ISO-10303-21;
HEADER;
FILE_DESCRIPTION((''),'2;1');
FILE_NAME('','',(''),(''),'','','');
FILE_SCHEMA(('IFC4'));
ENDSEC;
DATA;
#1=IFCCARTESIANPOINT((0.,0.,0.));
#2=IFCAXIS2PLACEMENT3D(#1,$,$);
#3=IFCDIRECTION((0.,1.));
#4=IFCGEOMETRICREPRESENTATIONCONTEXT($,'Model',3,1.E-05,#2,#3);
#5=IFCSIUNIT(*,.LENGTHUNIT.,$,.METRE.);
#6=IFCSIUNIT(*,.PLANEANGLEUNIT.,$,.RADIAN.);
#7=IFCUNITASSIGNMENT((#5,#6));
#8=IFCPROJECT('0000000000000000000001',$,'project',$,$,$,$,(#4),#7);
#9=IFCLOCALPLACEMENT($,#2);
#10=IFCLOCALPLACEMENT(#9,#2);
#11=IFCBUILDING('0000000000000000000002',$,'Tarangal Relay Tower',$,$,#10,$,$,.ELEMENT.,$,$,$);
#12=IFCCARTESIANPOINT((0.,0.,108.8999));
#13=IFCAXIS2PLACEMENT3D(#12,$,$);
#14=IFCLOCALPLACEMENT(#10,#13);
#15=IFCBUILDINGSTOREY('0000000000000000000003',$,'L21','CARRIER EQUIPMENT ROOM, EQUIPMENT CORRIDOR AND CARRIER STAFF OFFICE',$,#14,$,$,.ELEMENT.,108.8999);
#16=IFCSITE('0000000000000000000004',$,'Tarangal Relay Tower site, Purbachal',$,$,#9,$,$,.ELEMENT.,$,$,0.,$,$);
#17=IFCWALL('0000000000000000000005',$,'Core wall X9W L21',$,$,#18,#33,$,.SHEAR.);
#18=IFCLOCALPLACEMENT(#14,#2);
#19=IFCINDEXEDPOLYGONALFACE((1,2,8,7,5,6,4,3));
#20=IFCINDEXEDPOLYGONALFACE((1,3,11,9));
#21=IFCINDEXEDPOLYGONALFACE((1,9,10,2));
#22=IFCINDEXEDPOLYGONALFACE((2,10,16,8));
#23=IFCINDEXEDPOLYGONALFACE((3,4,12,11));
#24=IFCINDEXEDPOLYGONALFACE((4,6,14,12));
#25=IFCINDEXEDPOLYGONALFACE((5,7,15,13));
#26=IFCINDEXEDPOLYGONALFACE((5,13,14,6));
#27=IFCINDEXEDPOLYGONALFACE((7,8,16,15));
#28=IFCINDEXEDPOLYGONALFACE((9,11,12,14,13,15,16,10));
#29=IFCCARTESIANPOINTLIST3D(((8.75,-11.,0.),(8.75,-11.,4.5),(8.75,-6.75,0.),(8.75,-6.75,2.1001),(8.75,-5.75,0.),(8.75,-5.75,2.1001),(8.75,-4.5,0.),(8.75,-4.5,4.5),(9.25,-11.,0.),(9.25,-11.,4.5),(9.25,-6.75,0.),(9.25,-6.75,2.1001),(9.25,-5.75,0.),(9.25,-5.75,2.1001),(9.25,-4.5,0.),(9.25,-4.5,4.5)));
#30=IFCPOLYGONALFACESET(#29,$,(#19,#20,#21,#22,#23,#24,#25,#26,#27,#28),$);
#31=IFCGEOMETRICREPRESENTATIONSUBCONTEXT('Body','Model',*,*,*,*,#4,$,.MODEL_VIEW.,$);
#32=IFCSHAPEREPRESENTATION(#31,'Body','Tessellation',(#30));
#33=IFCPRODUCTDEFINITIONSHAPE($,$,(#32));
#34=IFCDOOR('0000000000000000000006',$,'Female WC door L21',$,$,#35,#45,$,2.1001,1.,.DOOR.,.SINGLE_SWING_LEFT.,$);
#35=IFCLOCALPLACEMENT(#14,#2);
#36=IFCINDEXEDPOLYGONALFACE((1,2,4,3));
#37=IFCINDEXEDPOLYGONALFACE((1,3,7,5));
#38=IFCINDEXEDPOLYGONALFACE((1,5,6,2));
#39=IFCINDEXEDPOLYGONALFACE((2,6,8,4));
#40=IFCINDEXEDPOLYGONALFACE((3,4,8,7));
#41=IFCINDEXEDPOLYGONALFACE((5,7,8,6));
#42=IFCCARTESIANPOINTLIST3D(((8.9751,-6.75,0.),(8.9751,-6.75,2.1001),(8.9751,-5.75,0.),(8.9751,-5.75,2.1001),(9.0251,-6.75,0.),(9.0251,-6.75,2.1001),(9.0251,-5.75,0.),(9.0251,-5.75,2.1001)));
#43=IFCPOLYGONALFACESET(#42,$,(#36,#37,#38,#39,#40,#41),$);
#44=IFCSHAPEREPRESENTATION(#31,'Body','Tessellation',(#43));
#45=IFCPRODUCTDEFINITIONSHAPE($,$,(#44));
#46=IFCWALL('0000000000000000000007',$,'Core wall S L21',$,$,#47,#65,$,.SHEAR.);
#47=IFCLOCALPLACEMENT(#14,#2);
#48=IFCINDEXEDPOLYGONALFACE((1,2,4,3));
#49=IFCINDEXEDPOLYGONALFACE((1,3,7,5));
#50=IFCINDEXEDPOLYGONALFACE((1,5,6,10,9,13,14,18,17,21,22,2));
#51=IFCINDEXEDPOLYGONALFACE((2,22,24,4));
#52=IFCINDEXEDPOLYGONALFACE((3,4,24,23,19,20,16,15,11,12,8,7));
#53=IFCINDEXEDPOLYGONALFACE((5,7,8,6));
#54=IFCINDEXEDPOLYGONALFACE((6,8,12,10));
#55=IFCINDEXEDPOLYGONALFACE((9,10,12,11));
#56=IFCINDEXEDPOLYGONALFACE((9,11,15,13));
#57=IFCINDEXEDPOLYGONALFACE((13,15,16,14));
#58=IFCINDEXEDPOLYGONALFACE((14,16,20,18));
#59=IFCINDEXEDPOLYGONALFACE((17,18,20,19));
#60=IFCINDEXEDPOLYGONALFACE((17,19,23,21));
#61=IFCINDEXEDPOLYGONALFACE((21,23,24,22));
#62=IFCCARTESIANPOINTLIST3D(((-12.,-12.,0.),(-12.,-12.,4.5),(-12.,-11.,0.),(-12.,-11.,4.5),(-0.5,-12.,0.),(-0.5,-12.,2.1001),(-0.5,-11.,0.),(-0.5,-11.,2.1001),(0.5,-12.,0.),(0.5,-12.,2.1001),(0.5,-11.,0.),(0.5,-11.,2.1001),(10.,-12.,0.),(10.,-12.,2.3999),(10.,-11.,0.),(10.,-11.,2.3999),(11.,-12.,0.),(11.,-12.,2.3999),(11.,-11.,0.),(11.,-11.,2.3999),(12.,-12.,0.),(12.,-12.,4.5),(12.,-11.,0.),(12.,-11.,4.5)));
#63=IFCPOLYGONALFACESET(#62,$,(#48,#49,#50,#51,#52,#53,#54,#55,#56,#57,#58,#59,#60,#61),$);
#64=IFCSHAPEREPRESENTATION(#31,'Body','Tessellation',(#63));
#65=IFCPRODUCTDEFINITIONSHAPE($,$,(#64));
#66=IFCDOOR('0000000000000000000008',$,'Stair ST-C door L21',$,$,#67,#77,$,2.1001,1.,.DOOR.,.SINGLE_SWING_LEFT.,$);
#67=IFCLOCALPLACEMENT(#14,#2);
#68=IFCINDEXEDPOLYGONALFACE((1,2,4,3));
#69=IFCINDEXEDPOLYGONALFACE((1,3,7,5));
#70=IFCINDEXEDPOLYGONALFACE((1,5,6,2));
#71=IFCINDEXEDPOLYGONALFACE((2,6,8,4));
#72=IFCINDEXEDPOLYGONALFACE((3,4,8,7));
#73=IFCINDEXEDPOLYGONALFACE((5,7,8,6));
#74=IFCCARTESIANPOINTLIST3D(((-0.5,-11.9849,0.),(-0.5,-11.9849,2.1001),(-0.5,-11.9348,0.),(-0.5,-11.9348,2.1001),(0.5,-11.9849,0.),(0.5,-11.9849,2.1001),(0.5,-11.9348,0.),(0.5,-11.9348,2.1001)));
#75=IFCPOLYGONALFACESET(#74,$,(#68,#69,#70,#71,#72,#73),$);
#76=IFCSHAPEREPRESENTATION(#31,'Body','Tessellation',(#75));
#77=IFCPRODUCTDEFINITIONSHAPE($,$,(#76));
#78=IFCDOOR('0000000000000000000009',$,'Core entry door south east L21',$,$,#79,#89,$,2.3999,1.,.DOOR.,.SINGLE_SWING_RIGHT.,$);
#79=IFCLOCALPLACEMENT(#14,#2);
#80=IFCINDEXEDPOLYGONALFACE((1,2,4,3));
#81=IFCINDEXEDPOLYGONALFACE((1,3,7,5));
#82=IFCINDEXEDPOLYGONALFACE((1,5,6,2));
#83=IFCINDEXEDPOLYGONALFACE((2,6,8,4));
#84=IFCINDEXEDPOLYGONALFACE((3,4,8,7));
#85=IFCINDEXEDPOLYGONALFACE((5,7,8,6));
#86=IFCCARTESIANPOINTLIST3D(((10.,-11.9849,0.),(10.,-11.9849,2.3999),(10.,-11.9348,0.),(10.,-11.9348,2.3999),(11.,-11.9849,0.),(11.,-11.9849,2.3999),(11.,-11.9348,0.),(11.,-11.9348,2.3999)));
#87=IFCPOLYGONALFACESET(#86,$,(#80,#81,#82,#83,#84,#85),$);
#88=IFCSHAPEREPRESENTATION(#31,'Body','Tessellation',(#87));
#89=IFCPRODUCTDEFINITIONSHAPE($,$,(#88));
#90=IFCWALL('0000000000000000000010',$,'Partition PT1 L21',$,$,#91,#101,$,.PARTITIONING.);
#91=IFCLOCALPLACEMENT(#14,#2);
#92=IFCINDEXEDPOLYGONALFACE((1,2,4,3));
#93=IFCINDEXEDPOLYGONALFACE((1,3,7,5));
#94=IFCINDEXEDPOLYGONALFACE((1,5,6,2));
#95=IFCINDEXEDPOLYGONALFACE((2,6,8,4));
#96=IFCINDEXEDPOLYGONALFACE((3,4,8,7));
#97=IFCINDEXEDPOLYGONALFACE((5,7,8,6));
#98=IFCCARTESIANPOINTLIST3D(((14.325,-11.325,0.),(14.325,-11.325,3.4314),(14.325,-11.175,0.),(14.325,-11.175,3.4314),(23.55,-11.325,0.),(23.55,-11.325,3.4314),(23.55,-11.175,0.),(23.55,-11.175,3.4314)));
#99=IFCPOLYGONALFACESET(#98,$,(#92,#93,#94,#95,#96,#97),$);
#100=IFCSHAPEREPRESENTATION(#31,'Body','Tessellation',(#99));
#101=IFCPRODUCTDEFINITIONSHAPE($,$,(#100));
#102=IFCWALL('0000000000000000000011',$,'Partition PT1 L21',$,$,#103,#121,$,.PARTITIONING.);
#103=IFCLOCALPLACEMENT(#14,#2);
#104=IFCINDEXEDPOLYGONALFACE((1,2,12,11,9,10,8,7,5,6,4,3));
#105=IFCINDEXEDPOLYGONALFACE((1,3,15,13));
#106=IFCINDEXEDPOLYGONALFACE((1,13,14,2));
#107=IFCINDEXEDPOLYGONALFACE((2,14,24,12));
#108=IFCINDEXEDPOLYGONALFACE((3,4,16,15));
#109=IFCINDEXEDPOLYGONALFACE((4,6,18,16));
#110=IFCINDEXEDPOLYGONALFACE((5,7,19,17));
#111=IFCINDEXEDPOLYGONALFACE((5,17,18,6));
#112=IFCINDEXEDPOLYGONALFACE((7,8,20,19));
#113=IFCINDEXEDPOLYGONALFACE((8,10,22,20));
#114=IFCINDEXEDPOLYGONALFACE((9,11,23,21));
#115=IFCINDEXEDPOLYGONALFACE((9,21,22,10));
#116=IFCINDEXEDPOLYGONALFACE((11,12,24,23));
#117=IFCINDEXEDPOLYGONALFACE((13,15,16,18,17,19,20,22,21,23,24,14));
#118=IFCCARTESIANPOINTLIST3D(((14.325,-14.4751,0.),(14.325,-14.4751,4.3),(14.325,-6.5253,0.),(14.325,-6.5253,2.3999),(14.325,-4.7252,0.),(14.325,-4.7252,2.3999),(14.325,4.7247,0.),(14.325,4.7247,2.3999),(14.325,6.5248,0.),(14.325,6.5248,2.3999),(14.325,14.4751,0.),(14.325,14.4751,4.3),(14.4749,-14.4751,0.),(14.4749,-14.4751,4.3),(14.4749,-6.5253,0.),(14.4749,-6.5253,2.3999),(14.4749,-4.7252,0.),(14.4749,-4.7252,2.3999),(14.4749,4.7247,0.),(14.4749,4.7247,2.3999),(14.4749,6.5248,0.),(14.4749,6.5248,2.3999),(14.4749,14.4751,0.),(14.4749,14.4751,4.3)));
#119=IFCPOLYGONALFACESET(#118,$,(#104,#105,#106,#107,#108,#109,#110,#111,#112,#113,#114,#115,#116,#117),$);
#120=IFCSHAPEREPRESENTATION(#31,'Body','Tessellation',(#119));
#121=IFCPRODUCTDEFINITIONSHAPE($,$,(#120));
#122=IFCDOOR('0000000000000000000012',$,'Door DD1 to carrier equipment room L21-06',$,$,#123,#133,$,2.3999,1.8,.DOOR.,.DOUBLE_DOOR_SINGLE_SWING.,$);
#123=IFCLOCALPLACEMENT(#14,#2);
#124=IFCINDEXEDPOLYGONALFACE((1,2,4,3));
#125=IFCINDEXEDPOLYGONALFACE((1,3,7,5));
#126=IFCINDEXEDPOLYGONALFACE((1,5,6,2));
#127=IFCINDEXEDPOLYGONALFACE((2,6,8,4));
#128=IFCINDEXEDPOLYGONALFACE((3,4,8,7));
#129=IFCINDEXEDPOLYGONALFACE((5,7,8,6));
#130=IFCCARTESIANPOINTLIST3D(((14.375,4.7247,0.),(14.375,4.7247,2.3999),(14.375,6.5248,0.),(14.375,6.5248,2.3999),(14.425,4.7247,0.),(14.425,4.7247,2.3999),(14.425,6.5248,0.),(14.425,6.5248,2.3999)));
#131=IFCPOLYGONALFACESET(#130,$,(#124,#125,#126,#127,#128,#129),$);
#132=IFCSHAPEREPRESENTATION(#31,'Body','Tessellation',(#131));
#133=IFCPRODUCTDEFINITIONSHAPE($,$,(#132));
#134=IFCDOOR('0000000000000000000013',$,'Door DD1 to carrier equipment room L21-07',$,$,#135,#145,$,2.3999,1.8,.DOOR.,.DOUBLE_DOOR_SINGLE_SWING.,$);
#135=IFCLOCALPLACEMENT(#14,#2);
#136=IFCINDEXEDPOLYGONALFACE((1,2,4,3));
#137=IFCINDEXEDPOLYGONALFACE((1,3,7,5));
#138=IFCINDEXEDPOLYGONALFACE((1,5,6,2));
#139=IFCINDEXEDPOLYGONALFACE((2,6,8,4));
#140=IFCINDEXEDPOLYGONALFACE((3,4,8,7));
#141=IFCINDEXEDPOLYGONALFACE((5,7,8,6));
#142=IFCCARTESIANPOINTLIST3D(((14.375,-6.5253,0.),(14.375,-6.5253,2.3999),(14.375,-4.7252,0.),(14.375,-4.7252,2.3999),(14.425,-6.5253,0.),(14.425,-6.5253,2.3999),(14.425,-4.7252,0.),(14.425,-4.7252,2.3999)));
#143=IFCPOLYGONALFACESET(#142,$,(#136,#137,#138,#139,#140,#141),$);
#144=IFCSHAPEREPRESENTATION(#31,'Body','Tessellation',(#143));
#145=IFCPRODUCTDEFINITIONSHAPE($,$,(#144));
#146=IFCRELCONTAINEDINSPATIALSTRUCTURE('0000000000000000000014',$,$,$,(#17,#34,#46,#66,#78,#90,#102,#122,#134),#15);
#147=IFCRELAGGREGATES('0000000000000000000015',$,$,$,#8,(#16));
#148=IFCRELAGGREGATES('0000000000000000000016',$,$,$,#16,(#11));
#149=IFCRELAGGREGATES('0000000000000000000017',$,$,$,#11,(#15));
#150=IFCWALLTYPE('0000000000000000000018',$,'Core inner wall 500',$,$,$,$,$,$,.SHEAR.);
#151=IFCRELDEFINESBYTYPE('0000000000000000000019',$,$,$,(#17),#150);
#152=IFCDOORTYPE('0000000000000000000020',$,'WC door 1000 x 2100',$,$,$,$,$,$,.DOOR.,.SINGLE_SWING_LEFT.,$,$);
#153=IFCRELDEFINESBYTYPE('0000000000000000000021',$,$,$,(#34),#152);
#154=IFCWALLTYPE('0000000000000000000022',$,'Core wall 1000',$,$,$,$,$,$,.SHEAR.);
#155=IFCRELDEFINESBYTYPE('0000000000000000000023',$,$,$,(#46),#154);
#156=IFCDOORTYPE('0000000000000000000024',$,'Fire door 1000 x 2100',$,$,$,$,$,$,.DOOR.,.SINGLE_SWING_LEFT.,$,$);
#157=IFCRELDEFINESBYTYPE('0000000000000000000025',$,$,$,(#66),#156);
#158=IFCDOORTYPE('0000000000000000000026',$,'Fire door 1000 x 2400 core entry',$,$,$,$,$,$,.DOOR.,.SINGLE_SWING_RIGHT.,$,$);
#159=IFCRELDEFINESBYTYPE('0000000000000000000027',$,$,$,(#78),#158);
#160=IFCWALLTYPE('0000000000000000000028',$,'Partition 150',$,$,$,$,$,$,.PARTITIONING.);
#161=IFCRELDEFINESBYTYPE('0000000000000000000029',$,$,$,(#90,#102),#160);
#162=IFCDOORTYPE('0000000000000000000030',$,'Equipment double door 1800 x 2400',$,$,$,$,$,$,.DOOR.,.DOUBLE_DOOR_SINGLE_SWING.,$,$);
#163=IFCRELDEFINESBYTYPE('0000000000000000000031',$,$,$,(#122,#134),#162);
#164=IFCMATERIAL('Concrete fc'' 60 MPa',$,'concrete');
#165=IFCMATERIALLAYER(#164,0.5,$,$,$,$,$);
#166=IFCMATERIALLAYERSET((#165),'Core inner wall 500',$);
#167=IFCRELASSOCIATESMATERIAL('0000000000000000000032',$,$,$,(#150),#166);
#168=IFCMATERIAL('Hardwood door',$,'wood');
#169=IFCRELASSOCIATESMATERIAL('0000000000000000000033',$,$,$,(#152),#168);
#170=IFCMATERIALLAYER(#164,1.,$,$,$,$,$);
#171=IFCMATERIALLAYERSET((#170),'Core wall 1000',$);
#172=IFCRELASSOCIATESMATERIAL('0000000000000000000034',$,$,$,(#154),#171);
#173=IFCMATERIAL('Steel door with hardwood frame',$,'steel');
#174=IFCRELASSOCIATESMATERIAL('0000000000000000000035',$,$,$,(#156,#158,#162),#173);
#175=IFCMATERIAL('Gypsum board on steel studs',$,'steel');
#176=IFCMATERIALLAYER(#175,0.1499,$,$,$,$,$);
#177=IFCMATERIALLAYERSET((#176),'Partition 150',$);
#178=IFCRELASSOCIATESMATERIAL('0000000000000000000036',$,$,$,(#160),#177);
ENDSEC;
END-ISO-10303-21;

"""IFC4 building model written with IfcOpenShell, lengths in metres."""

from ifc_helpers import new_model, si_unit, direction, frame, frame_2d, origin, place, context, subcontext, project, spatial, rectangle, extrude, material, layer, layer_set, type_object, element, fill, save


model = new_model("IFC4")

# Units and contexts
model_context = context("Model", 3, precision=1e-05, world=origin(), true_north=direction((0.0, 1.0)))
body_context = subcontext(model_context, "Body", "Model", "MODEL_VIEW")
ifc_project = project(units=[si_unit("LENGTHUNIT", "METRE"), si_unit("PLANEANGLEUNIT", "RADIAN")], contexts=[model_context])

# Site, building, storey
site_placement = place(None, origin())
site = spatial("IfcSite", under=ifc_project, at=site_placement, Name="Tarangal Relay Tower site, Purbachal", CompositionType="ELEMENT", RefElevation=0.0)
building_placement = place(site_placement, origin())
building = spatial("IfcBuilding", under=site, at=building_placement, Name="Tarangal Relay Tower", CompositionType="ELEMENT")
storey_placement = place(building_placement, frame((0.0, 0.0, 108.8999)))
storey = spatial("IfcBuildingStorey", under=building, at=storey_placement, Name="L21", Description="CARRIER EQUIPMENT ROOM, EQUIPMENT CORRIDOR AND CARRIER STAFF OFFICE", CompositionType="ELEMENT", Elevation=108.8999)

# Shared definitions
ifc_material_1 = material(Name="Concrete fc' 60 MPa", Category="concrete")
ifc_layer_1 = layer(ifc_material_1, 0.5)
ifc_layer_set_1 = layer_set([ifc_layer_1], Name="Core inner wall 500")
wall_type_1 = type_object("IfcWallType", Name="Core inner wall 500", PredefinedType="SHEAR", material=ifc_layer_set_1)

# Wall, opening, door
wall_1_placement = place(storey_placement, frame((9.0, -11.0, 0.0), z_axis=(0.0, 0.0, 1.0), x_axis=(0.0, 1.0, 0.0)))
wall_1 = element("IfcWall", 1, at=wall_1_placement, inside=storey, type_object=wall_type_1, Name="Core wall X9W L21", PredefinedType="SHEAR", context=body_context, shape_type="SweptSolid", body=[
    extrude(rectangle(XDim=6.5, YDim=0.5, at=frame_2d((3.25, 0.0))), origin(), (0.0, 0.0, 1.0), 4.5),
])
opening_1_placement = place(wall_1_placement, frame((4.25, 0.0, 0.0)))
opening_1 = element("IfcOpeningElement", 2, at=opening_1_placement, cuts=wall_1, PredefinedType="OPENING", context=body_context, shape_type="SweptSolid", body=[
    extrude(rectangle(XDim=1.0, YDim=2.1001, at=frame_2d((0.5, 1.05))), frame((0.0, 0.26, 0.0), z_axis=(0.0, -1.0, 0.0), x_axis=(1.0, 0.0, 0.0)), (0.0, 0.0, 1.0), 0.52),
])
ifc_material_2 = material(Name="Hardwood door", Category="wood")
door_type_1 = type_object("IfcDoorType", Name="WC door 1000 x 2100", OperationType="SINGLE_SWING_LEFT", PredefinedType="DOOR", material=ifc_material_2)
door_1_placement = place(opening_1_placement, origin())
door_1 = element("IfcDoor", 3, at=door_1_placement, inside=storey, type_object=door_type_1, Name="Female WC door L21", OperationType="SINGLE_SWING_LEFT", OverallHeight=2.1001, OverallWidth=1.0, PredefinedType="DOOR", context=body_context, shape_type="SweptSolid", body=[
    extrude(rectangle(XDim=1.0, YDim=2.1001, at=frame_2d((0.5, 1.05))), frame((0.0, 0.0249, 0.0), z_axis=(0.0, -1.0, 0.0), x_axis=(1.0, 0.0, 0.0)), (0.0, 0.0, 1.0), 0.05),
])
fill(opening_1, door_1)

# Wall, openings, doors
ifc_layer_2 = layer(ifc_material_1, 1.0)
ifc_layer_set_2 = layer_set([ifc_layer_2], Name="Core wall 1000")
wall_type_2 = type_object("IfcWallType", Name="Core wall 1000", PredefinedType="SHEAR", material=ifc_layer_set_2)
wall_2_placement = place(storey_placement, frame((12.0, -11.5, 0.0), z_axis=(0.0, 0.0, 1.0), x_axis=(-1.0, 0.0, 0.0)))
wall_2 = element("IfcWall", 4, at=wall_2_placement, inside=storey, type_object=wall_type_2, Name="Core wall S L21", PredefinedType="SHEAR", context=body_context, shape_type="SweptSolid", body=[
    extrude(rectangle(XDim=24.0, YDim=1.0, at=frame_2d((12.0, 0.0))), origin(), (0.0, 0.0, 1.0), 4.5),
])
opening_2_placement = place(wall_2_placement, frame((11.5, 0.0, 0.0)))
opening_2 = element("IfcOpeningElement", 5, at=opening_2_placement, cuts=wall_2, PredefinedType="OPENING", context=body_context, shape_type="SweptSolid", body=[
    extrude(rectangle(XDim=1.0, YDim=2.1001, at=frame_2d((0.5, 1.05))), frame((0.0, 0.51, 0.0), z_axis=(0.0, -1.0, 0.0), x_axis=(1.0, 0.0, 0.0)), (0.0, 0.0, 1.0), 1.02),
])
opening_3_placement = place(wall_2_placement, frame((1.0, 0.0, 0.0)))
opening_3 = element("IfcOpeningElement", 6, at=opening_3_placement, cuts=wall_2, PredefinedType="OPENING", context=body_context, shape_type="SweptSolid", body=[
    extrude(rectangle(XDim=1.0, YDim=2.3999, at=frame_2d((0.5, 1.2))), frame((0.0, 0.51, 0.0), z_axis=(0.0, -1.0, 0.0), x_axis=(1.0, 0.0, 0.0)), (0.0, 0.0, 1.0), 1.02),
])
ifc_material_3 = material(Name="Steel door with hardwood frame", Category="steel")
door_type_2 = type_object("IfcDoorType", Name="Fire door 1000 x 2100", OperationType="SINGLE_SWING_LEFT", PredefinedType="DOOR", material=ifc_material_3)
door_2_placement = place(opening_2_placement, origin())
door_2 = element("IfcDoor", 7, at=door_2_placement, inside=storey, type_object=door_type_2, Name="Stair ST-C door L21", OperationType="SINGLE_SWING_LEFT", OverallHeight=2.1001, OverallWidth=1.0, PredefinedType="DOOR", context=body_context, shape_type="SweptSolid", body=[
    extrude(rectangle(XDim=1.0, YDim=2.1001, at=frame_2d((0.5, 1.05))), frame((0.0, 0.4849, 0.0), z_axis=(0.0, -1.0, 0.0), x_axis=(1.0, 0.0, 0.0)), (0.0, 0.0, 1.0), 0.05),
])
fill(opening_2, door_2)
door_type_3 = type_object("IfcDoorType", Name="Fire door 1000 x 2400 core entry", OperationType="SINGLE_SWING_RIGHT", PredefinedType="DOOR", material=ifc_material_3)
door_3_placement = place(opening_3_placement, origin())
door_3 = element("IfcDoor", 8, at=door_3_placement, inside=storey, type_object=door_type_3, Name="Core entry door south east L21", OperationType="SINGLE_SWING_RIGHT", OverallHeight=2.3999, OverallWidth=1.0, PredefinedType="DOOR", context=body_context, shape_type="SweptSolid", body=[
    extrude(rectangle(XDim=1.0, YDim=2.3999, at=frame_2d((0.5, 1.2))), frame((0.0, 0.4849, 0.0), z_axis=(0.0, -1.0, 0.0), x_axis=(1.0, 0.0, 0.0)), (0.0, 0.0, 1.0), 0.05),
])
fill(opening_3, door_3)

# Wall
ifc_material_4 = material(Name="Gypsum board on steel studs", Category="steel")
ifc_layer_3 = layer(ifc_material_4, 0.1499)
ifc_layer_set_3 = layer_set([ifc_layer_3], Name="Partition 150")
wall_type_3 = type_object("IfcWallType", Name="Partition 150", PredefinedType="PARTITIONING", material=ifc_layer_set_3)
wall_3_placement = place(storey_placement, frame((14.325, -11.25, 0.0), z_axis=(0.0, 0.0, 1.0), x_axis=(1.0, 0.0, 0.0)))
element("IfcWall", 9, at=wall_3_placement, inside=storey, type_object=wall_type_3, Name="Partition PT1 L21", PredefinedType="PARTITIONING", context=body_context, shape_type="SweptSolid", body=[
    extrude(rectangle(XDim=9.2251, YDim=0.1499, at=frame_2d((4.6125, 0.0))), origin(), (0.0, 0.0, 1.0), 3.4314),
])

# Wall, openings, doors
wall_4_placement = place(storey_placement, frame((14.3999, -14.4751, 0.0), z_axis=(0.0, 0.0, 1.0), x_axis=(0.0, 1.0, 0.0)))
wall_4 = element("IfcWall", 10, at=wall_4_placement, inside=storey, type_object=wall_type_3, Name="Partition PT1 L21", PredefinedType="PARTITIONING", context=body_context, shape_type="SweptSolid", body=[
    extrude(rectangle(XDim=28.9502, YDim=0.1499, at=frame_2d((14.4751, 0.0))), origin(), (0.0, 0.0, 1.0), 4.3),
])
opening_4_placement = place(wall_4_placement, frame((19.2, 0.0, 0.0)))
opening_4 = element("IfcOpeningElement", 11, at=opening_4_placement, cuts=wall_4, PredefinedType="OPENING", context=body_context, shape_type="SweptSolid", body=[
    extrude(rectangle(XDim=1.8, YDim=2.3999, at=frame_2d((0.8999, 1.2))), frame((0.0, 0.085, 0.0), z_axis=(0.0, -1.0, 0.0), x_axis=(1.0, 0.0, 0.0)), (0.0, 0.0, 1.0), 0.1699),
])
opening_5_placement = place(wall_4_placement, frame((7.95, 0.0, 0.0)))
opening_5 = element("IfcOpeningElement", 12, at=opening_5_placement, cuts=wall_4, PredefinedType="OPENING", context=body_context, shape_type="SweptSolid", body=[
    extrude(rectangle(XDim=1.8, YDim=2.3999, at=frame_2d((0.8999, 1.2))), frame((0.0, 0.085, 0.0), z_axis=(0.0, -1.0, 0.0), x_axis=(1.0, 0.0, 0.0)), (0.0, 0.0, 1.0), 0.1699),
])
door_type_4 = type_object("IfcDoorType", Name="Equipment double door 1800 x 2400", OperationType="DOUBLE_DOOR_SINGLE_SWING", PredefinedType="DOOR", material=ifc_material_3)
door_4_placement = place(opening_4_placement, origin())
door_4 = element("IfcDoor", 13, at=door_4_placement, inside=storey, type_object=door_type_4, Name="Door DD1 to carrier equipment room L21-06", OperationType="DOUBLE_DOOR_SINGLE_SWING", OverallHeight=2.3999, OverallWidth=1.8, PredefinedType="DOOR", context=body_context, shape_type="SweptSolid", body=[
    extrude(rectangle(XDim=1.8, YDim=2.3999, at=frame_2d((0.8999, 1.2))), frame((0.0, 0.0249, 0.0), z_axis=(0.0, -1.0, 0.0), x_axis=(1.0, 0.0, 0.0)), (0.0, 0.0, 1.0), 0.05),
])
fill(opening_4, door_4)
door_5_placement = place(opening_5_placement, origin())
door_5 = element("IfcDoor", 14, at=door_5_placement, inside=storey, type_object=door_type_4, Name="Door DD1 to carrier equipment room L21-07", OperationType="DOUBLE_DOOR_SINGLE_SWING", OverallHeight=2.3999, OverallWidth=1.8, PredefinedType="DOOR", context=body_context, shape_type="SweptSolid", body=[
    extrude(rectangle(XDim=1.8, YDim=2.3999, at=frame_2d((0.8999, 1.2))), frame((0.0, 0.0249, 0.0), z_axis=(0.0, -1.0, 0.0), x_axis=(1.0, 0.0, 0.0)), (0.0, 0.0, 1.0), 0.05),
])
fill(opening_5, door_5)

save(model, "model.ifc")
